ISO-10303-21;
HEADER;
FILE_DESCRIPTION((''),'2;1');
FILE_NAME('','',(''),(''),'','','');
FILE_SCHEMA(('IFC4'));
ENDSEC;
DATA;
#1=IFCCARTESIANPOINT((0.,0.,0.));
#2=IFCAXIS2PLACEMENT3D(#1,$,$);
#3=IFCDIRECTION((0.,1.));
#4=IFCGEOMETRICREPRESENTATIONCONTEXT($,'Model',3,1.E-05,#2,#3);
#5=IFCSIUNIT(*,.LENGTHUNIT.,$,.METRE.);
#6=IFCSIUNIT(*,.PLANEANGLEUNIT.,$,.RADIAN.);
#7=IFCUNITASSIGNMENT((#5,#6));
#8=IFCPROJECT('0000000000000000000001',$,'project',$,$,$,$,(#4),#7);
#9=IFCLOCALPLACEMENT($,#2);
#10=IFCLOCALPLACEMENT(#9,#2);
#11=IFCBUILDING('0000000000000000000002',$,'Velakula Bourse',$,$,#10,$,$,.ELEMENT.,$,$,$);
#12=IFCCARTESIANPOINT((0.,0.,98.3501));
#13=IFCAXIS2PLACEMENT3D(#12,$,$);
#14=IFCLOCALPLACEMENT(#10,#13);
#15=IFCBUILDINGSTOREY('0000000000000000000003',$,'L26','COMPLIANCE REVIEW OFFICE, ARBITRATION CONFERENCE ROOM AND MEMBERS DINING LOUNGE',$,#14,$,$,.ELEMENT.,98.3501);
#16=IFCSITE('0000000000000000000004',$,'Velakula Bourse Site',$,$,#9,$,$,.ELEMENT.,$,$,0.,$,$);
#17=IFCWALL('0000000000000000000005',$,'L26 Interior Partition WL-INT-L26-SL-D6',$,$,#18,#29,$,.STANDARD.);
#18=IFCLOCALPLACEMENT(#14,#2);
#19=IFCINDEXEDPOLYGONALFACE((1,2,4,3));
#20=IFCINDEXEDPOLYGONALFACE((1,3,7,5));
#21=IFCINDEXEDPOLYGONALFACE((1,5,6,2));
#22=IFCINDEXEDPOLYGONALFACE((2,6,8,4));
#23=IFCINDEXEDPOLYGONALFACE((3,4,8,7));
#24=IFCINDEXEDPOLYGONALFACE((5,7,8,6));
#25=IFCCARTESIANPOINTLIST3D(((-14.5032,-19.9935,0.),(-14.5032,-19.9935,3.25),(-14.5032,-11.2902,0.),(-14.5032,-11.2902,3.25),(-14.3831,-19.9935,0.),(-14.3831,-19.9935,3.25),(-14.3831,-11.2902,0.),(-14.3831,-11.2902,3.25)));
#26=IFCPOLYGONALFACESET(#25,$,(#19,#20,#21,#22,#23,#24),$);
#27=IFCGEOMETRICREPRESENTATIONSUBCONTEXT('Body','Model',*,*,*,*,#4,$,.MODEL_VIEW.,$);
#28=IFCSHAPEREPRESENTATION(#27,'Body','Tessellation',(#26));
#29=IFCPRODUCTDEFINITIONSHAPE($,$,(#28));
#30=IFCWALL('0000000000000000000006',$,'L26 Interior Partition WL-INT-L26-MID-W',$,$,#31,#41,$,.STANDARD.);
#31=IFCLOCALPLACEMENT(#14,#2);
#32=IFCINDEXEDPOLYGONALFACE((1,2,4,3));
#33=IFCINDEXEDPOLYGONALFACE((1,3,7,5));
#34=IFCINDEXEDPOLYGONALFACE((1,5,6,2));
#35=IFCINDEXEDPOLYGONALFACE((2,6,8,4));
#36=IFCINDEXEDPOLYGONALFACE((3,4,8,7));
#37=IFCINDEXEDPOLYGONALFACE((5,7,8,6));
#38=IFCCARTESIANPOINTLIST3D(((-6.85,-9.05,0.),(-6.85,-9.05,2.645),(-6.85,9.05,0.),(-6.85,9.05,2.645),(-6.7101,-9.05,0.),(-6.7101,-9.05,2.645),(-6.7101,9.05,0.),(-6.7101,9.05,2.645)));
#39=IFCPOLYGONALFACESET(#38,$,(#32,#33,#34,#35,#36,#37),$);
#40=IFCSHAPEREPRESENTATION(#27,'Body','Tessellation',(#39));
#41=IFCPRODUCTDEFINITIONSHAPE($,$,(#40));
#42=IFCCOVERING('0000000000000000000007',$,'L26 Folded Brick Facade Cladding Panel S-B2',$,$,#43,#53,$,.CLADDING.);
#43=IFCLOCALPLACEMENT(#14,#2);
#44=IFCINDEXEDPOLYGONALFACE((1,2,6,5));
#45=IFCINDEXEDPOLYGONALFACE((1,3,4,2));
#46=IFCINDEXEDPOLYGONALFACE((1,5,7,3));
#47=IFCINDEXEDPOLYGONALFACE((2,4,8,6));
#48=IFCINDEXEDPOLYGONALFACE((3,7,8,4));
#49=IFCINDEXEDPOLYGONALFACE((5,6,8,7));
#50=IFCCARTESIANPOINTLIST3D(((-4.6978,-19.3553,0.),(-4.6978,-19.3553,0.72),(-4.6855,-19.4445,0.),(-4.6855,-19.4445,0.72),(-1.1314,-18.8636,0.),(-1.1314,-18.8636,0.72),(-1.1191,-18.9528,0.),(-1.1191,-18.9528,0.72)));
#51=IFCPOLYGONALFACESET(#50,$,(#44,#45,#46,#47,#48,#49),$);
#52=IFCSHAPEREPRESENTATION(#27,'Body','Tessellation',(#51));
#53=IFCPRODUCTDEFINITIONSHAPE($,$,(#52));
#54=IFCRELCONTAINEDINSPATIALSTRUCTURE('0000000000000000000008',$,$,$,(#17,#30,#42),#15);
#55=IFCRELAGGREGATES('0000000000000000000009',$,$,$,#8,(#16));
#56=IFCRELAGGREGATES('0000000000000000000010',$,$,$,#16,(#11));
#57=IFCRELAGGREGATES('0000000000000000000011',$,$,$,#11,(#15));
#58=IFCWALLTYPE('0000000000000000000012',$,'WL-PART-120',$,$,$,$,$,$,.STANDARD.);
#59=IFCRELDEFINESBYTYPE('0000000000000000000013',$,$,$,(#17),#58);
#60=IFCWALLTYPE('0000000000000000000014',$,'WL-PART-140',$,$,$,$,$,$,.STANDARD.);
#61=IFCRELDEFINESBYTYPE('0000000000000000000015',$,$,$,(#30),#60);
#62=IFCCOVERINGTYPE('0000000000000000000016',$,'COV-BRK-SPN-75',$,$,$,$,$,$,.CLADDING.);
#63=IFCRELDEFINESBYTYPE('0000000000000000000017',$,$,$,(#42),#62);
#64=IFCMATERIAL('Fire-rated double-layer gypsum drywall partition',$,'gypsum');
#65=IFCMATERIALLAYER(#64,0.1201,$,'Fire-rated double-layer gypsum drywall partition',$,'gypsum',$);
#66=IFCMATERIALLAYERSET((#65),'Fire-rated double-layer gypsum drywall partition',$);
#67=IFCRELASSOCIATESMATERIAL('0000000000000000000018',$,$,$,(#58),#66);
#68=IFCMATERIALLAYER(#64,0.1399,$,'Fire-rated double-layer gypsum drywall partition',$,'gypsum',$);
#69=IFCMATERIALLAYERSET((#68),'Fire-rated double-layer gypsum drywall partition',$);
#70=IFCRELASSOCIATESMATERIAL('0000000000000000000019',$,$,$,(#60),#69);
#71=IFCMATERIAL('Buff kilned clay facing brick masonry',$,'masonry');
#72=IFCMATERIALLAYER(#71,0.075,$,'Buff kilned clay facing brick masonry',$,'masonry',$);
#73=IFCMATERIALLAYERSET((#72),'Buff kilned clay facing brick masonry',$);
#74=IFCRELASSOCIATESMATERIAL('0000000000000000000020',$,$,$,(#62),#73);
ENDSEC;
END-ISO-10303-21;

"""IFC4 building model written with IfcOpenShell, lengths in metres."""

from ifc_helpers import new_model, si_unit, direction, frame, frame_2d, origin, origin_2d, place, context, subcontext, project, spatial, rectangle, extrude, material, layer, layer_set, type_object, element, save


model = new_model("IFC4")

# Units and contexts
model_context = context("Model", 3, precision=1e-05, world=origin(), true_north=direction((0.0, 1.0)))
body_context = subcontext(model_context, "Body", "Model", "MODEL_VIEW")
ifc_project = project(units=[si_unit("LENGTHUNIT", "METRE"), si_unit("PLANEANGLEUNIT", "RADIAN")], contexts=[model_context])

# Site, building, storey
site_placement = place(None, origin())
site = spatial("IfcSite", under=ifc_project, at=site_placement, Name="Velakula Bourse Site", CompositionType="ELEMENT", RefElevation=0.0)
building_placement = place(site_placement, origin())
building = spatial("IfcBuilding", under=site, at=building_placement, Name="Velakula Bourse", CompositionType="ELEMENT")
storey_placement = place(building_placement, frame((0.0, 0.0, 98.3501)))
storey = spatial("IfcBuildingStorey", under=building, at=storey_placement, Name="L26", Description="COMPLIANCE REVIEW OFFICE, ARBITRATION CONFERENCE ROOM AND MEMBERS DINING LOUNGE", CompositionType="ELEMENT", Elevation=98.3501)

# Walls
ifc_material_1 = material(Name="Fire-rated double-layer gypsum drywall partition", Category="gypsum")
ifc_layer_1 = layer(ifc_material_1, 0.1201, Name="Fire-rated double-layer gypsum drywall partition", Category="gypsum")
ifc_layer_set_1 = layer_set([ifc_layer_1], Name="Fire-rated double-layer gypsum drywall partition")
wall_type_1 = type_object("IfcWallType", Name="WL-PART-120", PredefinedType="STANDARD", material=ifc_layer_set_1)
wall_1_placement = place(storey_placement, frame((-14.4431, -19.9934, 0.0), z_axis=(0.0, 0.0, 1.0), x_axis=(0.0, 1.0, 0.0)))
element("IfcWall", 1, at=wall_1_placement, inside=storey, type_object=wall_type_1, Name="L26 Interior Partition WL-INT-L26-SL-D6", PredefinedType="STANDARD", context=body_context, shape_type="SweptSolid", body=[
    extrude(rectangle(XDim=8.7034, YDim=0.1201, at=frame_2d((4.3516, 0.0))), origin(), (0.0, 0.0, 1.0), 3.25),
])
ifc_layer_2 = layer(ifc_material_1, 0.1399, Name="Fire-rated double-layer gypsum drywall partition", Category="gypsum")
ifc_layer_set_2 = layer_set([ifc_layer_2], Name="Fire-rated double-layer gypsum drywall partition")
wall_type_2 = type_object("IfcWallType", Name="WL-PART-140", PredefinedType="STANDARD", material=ifc_layer_set_2)
wall_2_placement = place(storey_placement, frame((-6.78, -9.05, 0.0), z_axis=(0.0, 0.0, 1.0), x_axis=(0.0, 1.0, 0.0)))
element("IfcWall", 2, at=wall_2_placement, inside=storey, type_object=wall_type_2, Name="L26 Interior Partition WL-INT-L26-MID-W", PredefinedType="STANDARD", context=body_context, shape_type="SweptSolid", body=[
    extrude(rectangle(XDim=18.1001, YDim=0.1399, at=frame_2d((9.05, 0.0))), origin(), (0.0, 0.0, 1.0), 2.645),
])

# Covering
ifc_material_2 = material(Name="Buff kilned clay facing brick masonry", Category="masonry")
ifc_layer_3 = layer(ifc_material_2, 0.075, Name="Buff kilned clay facing brick masonry", Category="masonry")
ifc_layer_set_3 = layer_set([ifc_layer_3], Name="Buff kilned clay facing brick masonry")
covering_type = type_object("IfcCoveringType", Name="COV-BRK-SPN-75", PredefinedType="CLADDING", material=ifc_layer_set_3)
covering_placement = place(storey_placement, frame((-2.9084, -19.1541, 0.0), z_axis=(0.0, 0.0, 1.0), x_axis=(0.990629, 0.13658, 0.0)))
element("IfcCovering", 3, at=covering_placement, inside=storey, type_object=covering_type, Name="L26 Folded Brick Facade Cladding Panel S-B2", PredefinedType="CLADDING", context=body_context, shape_type="SweptSolid", body=[
    extrude(rectangle(XDim=3.6001, YDim=0.0901, at=origin_2d()), origin(), (0.0, 0.0, 1.0), 0.72),
])

save(model, "model.ifc")
